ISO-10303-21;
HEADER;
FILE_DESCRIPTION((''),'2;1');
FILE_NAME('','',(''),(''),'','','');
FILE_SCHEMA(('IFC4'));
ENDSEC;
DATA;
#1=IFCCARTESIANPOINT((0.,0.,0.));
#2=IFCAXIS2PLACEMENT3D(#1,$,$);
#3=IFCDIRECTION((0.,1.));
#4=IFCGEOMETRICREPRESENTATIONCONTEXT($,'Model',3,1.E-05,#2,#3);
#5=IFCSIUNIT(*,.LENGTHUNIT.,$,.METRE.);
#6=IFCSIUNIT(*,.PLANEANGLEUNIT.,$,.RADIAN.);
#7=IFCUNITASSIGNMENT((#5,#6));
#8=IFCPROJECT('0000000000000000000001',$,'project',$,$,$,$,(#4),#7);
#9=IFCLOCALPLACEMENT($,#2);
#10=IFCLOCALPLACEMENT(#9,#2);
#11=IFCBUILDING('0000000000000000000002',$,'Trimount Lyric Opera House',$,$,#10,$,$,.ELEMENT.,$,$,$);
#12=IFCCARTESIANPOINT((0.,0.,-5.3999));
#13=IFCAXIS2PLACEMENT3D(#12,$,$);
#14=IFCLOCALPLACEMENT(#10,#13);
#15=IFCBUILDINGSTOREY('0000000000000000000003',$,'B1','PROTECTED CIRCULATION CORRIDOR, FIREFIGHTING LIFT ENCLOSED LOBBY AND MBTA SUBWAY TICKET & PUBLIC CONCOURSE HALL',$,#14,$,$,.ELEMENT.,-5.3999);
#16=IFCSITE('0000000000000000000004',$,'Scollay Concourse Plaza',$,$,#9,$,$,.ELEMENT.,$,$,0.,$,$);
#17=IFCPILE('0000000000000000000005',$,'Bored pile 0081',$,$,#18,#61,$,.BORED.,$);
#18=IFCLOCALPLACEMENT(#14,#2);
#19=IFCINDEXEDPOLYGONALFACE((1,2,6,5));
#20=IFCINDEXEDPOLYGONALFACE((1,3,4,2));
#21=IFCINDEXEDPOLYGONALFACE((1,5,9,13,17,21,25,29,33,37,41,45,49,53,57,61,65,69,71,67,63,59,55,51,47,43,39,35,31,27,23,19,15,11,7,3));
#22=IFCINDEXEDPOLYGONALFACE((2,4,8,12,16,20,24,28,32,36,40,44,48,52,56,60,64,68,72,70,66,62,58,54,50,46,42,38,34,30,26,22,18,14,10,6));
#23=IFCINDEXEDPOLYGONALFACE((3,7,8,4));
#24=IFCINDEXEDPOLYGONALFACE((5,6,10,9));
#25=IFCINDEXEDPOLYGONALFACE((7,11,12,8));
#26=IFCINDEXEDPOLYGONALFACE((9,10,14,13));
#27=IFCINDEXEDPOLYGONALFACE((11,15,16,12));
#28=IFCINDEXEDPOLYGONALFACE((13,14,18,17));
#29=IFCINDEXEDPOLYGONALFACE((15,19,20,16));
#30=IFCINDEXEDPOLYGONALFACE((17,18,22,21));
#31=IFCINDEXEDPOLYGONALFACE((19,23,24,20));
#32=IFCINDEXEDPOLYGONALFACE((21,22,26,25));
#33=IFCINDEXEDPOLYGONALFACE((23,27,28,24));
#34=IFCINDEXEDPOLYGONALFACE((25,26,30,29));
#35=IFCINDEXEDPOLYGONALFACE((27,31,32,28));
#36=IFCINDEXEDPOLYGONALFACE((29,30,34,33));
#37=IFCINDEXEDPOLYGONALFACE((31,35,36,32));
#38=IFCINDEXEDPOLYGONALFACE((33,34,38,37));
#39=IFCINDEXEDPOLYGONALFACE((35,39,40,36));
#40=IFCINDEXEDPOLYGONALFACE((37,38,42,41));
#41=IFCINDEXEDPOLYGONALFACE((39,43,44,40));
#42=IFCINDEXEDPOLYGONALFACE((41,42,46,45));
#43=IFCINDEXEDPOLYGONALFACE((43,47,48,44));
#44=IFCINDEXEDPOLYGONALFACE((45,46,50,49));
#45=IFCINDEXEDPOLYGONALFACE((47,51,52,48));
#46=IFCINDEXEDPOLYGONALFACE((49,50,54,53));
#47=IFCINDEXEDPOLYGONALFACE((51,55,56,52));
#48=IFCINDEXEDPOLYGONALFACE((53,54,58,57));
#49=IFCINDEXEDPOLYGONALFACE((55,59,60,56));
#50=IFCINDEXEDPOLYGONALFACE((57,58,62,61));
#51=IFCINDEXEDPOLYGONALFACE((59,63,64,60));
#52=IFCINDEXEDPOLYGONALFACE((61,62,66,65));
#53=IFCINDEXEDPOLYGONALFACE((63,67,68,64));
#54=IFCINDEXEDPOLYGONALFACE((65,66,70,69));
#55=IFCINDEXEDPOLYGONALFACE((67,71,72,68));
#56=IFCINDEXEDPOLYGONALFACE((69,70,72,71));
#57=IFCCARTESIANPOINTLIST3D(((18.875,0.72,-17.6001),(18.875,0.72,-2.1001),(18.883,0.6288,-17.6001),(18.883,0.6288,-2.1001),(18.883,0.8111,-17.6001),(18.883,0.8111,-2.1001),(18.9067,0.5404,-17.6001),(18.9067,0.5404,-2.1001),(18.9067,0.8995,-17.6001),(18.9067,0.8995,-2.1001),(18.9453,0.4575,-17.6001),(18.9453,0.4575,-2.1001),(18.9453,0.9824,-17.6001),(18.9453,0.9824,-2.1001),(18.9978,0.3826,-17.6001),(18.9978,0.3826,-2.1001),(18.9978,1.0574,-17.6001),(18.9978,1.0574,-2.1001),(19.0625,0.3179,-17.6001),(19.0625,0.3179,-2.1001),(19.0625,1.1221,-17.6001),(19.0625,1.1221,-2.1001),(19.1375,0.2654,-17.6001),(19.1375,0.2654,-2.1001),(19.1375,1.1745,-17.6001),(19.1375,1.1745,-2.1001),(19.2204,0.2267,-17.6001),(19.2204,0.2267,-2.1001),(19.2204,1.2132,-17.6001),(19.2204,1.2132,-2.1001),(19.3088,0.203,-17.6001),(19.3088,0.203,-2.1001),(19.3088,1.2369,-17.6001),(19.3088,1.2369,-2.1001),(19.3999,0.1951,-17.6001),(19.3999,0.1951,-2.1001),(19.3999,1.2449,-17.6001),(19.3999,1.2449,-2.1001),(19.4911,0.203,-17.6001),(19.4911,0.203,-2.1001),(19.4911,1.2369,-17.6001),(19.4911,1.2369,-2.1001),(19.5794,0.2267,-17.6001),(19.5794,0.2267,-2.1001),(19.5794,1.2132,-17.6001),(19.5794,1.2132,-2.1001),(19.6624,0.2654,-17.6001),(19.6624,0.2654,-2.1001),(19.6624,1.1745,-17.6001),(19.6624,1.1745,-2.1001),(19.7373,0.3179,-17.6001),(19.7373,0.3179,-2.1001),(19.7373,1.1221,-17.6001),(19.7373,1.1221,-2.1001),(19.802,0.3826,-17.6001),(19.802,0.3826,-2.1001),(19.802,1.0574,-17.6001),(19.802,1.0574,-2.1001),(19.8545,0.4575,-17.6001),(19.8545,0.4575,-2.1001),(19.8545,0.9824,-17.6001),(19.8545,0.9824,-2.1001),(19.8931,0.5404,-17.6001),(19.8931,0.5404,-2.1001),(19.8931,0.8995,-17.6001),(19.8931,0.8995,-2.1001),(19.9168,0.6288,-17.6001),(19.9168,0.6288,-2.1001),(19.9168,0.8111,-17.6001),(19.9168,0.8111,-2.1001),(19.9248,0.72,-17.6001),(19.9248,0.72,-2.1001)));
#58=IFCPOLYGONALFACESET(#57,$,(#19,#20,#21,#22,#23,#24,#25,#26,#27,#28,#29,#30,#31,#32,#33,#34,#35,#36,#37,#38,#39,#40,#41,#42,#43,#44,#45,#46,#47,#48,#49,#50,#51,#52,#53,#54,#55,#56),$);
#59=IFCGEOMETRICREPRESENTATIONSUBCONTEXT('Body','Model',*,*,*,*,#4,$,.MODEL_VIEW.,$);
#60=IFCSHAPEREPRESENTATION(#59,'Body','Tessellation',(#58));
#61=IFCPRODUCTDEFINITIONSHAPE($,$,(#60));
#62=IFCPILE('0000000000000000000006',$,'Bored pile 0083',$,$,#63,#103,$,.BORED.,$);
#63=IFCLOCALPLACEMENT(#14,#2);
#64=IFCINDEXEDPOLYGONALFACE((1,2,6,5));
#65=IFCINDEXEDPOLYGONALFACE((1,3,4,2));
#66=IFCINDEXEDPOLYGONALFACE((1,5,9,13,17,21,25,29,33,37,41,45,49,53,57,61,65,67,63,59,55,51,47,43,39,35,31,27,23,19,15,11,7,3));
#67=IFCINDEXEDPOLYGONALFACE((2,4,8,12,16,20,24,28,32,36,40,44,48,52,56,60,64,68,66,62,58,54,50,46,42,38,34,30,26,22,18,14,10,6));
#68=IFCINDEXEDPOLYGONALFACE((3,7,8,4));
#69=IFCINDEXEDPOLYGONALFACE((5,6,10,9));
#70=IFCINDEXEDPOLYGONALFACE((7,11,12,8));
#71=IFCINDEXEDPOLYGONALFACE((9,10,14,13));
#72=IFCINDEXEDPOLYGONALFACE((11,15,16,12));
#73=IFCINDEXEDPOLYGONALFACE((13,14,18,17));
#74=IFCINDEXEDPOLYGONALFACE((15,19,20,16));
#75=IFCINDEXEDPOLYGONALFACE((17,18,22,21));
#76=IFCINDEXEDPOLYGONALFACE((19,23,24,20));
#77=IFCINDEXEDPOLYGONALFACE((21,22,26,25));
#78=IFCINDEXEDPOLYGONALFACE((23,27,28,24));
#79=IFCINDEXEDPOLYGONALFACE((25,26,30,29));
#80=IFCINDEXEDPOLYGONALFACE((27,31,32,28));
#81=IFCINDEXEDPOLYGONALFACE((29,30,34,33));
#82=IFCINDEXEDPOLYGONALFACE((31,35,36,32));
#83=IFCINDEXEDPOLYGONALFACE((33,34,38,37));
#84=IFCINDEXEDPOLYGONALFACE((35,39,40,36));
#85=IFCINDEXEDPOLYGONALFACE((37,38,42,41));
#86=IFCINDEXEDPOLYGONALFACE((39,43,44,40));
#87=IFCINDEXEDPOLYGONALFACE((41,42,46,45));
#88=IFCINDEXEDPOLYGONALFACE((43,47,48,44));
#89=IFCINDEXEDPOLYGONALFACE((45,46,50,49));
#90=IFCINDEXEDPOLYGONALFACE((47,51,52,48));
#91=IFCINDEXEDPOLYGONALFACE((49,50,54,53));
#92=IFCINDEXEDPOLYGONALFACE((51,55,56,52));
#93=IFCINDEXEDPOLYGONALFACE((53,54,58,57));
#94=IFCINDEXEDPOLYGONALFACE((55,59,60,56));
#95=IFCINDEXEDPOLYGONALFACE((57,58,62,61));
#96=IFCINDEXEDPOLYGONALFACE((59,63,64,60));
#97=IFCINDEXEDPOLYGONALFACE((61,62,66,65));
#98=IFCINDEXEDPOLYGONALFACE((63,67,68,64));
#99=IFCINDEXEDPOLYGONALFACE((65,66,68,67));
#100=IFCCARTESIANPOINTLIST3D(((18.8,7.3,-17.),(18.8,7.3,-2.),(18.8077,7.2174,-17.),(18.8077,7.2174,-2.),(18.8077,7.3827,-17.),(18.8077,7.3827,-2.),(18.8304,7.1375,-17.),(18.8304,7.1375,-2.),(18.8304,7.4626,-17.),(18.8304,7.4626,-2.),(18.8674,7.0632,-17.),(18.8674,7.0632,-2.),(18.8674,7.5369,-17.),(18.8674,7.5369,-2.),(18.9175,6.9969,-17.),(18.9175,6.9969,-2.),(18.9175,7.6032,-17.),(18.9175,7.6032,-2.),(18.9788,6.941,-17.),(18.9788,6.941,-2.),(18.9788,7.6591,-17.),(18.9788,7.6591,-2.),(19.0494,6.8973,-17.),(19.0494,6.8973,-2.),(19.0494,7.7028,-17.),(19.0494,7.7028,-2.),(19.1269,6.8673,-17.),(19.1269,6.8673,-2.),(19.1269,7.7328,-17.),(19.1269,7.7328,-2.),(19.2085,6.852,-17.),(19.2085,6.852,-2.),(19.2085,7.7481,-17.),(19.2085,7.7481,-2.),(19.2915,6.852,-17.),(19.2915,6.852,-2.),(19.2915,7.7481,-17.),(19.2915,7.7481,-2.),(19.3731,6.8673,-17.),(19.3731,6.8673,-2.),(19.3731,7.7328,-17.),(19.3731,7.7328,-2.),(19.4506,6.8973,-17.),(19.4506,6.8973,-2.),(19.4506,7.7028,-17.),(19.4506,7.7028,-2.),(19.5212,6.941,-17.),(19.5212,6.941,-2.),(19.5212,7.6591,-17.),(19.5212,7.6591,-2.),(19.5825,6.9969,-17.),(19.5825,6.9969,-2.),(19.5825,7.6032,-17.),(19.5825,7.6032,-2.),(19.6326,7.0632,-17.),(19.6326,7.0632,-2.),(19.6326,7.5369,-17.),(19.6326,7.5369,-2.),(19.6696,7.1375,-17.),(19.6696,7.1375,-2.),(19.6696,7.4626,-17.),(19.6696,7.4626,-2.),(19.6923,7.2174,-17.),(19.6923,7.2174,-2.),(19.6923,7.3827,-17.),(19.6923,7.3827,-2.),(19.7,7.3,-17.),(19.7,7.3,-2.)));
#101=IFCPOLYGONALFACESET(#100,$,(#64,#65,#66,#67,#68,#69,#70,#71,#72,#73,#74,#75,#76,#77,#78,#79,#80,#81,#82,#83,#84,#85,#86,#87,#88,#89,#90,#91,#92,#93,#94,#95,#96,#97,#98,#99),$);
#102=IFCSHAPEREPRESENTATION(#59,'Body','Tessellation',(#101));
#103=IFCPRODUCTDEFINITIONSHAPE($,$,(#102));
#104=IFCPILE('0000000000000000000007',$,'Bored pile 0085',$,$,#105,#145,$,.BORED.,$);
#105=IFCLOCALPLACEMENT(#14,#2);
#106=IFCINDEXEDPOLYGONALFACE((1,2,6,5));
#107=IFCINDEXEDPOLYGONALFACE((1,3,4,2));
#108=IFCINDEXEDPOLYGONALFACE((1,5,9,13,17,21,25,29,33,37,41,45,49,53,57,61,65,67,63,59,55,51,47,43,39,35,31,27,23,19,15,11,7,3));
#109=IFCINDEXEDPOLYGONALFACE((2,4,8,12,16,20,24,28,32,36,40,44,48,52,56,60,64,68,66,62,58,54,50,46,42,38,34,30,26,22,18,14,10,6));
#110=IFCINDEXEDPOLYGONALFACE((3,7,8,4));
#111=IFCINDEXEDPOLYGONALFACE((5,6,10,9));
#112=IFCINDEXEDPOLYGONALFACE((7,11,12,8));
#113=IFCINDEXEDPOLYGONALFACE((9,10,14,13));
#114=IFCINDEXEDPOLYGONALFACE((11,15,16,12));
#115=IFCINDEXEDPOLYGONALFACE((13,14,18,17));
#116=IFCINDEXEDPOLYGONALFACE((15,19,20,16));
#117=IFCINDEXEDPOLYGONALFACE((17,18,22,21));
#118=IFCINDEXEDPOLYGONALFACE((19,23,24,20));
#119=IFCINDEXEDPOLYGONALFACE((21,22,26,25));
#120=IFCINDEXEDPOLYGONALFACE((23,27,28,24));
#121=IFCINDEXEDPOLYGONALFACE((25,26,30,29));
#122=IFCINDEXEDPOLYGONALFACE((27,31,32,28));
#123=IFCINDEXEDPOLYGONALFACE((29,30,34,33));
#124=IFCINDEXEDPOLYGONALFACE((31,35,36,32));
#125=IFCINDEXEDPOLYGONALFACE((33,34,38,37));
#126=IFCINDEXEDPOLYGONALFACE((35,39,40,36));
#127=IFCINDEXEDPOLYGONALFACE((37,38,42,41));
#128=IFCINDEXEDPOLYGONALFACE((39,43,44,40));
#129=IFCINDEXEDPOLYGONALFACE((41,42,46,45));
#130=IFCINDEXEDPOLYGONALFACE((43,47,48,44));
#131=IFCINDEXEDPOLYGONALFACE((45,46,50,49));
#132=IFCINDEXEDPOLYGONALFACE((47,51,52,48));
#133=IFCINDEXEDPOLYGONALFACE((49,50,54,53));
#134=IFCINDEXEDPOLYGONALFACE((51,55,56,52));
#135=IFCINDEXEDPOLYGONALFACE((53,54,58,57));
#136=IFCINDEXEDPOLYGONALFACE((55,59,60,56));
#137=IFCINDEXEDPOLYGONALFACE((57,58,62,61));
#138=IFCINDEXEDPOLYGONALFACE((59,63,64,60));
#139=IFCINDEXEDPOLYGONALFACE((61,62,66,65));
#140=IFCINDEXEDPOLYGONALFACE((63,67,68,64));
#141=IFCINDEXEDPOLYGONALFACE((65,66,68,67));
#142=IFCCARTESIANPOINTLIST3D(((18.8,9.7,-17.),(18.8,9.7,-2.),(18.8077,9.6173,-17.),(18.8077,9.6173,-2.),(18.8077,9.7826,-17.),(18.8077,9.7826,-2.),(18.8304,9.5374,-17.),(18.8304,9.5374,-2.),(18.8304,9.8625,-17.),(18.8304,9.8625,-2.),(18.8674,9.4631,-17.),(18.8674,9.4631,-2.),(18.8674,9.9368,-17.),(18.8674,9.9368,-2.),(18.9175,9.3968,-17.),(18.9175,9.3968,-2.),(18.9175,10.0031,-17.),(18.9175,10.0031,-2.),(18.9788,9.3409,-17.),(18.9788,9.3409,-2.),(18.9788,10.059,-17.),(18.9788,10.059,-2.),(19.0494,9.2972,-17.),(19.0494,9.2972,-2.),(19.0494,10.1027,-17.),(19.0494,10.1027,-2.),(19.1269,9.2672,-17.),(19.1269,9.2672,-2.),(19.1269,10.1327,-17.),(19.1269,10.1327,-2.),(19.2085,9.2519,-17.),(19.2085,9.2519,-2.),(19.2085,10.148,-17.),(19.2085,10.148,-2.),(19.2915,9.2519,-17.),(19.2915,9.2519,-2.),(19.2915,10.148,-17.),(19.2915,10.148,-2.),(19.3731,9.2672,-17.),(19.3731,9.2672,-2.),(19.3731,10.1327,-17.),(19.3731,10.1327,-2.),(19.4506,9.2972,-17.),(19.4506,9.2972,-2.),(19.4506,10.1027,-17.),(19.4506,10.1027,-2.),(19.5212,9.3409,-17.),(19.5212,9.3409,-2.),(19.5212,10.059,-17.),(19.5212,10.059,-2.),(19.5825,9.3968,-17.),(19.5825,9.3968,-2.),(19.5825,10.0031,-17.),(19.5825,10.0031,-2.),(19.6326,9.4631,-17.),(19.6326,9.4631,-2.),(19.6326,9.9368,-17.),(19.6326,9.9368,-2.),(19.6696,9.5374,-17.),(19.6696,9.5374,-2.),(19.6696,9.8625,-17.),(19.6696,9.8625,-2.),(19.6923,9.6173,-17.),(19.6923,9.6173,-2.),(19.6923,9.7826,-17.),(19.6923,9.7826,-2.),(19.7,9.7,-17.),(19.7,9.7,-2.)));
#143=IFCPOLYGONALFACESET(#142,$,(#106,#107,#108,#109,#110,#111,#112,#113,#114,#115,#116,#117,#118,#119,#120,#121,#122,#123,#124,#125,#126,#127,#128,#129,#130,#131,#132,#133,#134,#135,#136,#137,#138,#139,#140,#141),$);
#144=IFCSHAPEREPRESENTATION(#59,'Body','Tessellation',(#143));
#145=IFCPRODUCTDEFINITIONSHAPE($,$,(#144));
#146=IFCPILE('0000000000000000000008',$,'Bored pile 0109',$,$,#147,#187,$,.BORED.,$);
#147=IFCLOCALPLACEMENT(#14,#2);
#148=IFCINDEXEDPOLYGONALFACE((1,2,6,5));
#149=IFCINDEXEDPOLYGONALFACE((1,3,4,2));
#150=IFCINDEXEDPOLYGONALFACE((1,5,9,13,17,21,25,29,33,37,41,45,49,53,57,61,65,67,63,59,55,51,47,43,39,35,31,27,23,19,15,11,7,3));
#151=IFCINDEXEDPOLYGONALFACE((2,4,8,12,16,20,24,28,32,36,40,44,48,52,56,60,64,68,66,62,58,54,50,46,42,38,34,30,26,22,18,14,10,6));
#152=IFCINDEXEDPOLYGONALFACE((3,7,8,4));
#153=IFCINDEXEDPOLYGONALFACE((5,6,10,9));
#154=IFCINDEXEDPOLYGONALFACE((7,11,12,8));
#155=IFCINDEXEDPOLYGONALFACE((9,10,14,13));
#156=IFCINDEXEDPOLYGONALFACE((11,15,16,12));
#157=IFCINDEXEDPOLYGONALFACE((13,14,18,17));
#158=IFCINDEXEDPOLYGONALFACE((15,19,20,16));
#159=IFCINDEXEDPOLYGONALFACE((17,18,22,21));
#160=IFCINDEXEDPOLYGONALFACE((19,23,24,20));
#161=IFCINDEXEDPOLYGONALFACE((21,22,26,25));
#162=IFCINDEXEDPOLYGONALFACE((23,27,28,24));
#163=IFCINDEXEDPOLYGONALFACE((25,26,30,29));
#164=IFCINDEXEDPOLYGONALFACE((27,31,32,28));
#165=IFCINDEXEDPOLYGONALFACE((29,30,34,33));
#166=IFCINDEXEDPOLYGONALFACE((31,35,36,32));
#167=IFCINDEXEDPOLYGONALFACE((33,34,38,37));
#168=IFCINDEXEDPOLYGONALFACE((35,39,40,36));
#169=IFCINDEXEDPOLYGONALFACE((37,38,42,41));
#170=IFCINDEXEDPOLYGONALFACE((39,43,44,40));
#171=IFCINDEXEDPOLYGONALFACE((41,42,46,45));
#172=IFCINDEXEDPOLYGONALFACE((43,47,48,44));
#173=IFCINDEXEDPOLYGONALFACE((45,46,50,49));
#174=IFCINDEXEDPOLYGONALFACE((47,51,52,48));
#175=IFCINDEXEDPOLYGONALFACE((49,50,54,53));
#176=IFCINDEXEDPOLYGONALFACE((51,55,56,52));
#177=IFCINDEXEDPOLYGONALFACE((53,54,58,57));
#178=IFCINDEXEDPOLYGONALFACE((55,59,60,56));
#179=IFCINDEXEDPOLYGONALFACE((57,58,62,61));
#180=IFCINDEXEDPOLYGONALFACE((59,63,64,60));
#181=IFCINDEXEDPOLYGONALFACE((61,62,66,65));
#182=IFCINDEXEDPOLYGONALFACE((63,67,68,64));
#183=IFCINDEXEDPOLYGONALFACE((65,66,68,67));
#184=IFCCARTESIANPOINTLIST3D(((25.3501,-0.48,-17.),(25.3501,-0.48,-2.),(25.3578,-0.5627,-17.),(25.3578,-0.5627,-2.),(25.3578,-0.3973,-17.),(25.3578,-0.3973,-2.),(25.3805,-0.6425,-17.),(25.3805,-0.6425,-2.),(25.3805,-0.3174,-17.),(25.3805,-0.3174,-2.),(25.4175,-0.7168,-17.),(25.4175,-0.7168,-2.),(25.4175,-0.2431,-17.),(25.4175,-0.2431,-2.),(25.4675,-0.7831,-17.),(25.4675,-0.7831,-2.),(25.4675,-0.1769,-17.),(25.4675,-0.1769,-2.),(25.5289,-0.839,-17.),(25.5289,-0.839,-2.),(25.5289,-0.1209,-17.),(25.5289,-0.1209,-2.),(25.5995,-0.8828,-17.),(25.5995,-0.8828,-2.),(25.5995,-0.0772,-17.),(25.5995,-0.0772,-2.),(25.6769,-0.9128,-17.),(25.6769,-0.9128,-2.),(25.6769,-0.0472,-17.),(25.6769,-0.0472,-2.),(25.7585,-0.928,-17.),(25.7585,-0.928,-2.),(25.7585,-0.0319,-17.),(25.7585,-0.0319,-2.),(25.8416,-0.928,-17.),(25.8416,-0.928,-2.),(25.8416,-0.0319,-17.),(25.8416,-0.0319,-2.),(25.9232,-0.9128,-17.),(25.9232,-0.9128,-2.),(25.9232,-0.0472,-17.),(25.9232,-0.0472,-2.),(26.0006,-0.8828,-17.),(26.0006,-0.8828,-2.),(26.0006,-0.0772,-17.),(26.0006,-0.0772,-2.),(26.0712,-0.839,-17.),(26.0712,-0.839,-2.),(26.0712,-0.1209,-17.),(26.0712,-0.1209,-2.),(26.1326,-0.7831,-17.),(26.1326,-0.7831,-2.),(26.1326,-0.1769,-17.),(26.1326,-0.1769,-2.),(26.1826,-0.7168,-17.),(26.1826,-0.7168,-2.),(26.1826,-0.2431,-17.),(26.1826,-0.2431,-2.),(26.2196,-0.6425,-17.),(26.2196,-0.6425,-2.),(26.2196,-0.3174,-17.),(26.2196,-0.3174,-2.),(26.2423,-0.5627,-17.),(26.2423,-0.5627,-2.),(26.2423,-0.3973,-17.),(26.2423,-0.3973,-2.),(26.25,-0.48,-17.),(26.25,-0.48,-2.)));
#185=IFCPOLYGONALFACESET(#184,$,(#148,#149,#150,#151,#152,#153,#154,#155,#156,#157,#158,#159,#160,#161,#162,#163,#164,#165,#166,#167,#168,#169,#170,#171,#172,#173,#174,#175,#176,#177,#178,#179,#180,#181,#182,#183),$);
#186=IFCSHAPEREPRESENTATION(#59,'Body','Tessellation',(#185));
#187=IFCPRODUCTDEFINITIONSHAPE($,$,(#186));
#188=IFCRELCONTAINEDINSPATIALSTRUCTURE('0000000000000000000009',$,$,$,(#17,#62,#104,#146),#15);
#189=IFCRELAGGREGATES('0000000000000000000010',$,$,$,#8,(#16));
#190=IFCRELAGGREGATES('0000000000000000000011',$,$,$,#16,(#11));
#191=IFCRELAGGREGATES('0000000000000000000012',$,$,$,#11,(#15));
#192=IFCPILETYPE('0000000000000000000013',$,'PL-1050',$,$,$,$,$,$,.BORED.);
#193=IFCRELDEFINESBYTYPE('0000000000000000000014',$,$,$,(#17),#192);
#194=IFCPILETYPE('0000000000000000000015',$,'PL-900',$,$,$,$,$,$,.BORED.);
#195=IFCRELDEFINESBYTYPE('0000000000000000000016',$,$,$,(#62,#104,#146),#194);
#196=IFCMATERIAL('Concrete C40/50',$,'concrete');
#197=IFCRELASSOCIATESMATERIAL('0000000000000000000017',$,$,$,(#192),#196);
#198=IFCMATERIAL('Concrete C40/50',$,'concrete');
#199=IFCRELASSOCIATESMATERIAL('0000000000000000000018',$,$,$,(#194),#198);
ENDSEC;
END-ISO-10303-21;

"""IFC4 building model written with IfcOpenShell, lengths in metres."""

from ifc_helpers import new_model, si_unit, direction, frame, origin, origin_2d, place, context, subcontext, project, spatial, circle, extrude, material, material_profile, profile_set, type_object, element, save


model = new_model("IFC4")

# Units and contexts
model_context = context("Model", 3, precision=1e-05, world=origin(), true_north=direction((0.0, 1.0)))
body_context = subcontext(model_context, "Body", "Model", "MODEL_VIEW")
ifc_project = project(units=[si_unit("LENGTHUNIT", "METRE"), si_unit("PLANEANGLEUNIT", "RADIAN")], contexts=[model_context])

# Site, building, storey
site_placement = place(None, origin())
site = spatial("IfcSite", under=ifc_project, at=site_placement, Name="Scollay Concourse Plaza", CompositionType="ELEMENT", RefElevation=0.0)
building_placement = place(site_placement, origin())
building = spatial("IfcBuilding", under=site, at=building_placement, Name="Trimount Lyric Opera House", CompositionType="ELEMENT")
storey_placement = place(building_placement, frame((0.0, 0.0, -5.3999)))
storey = spatial("IfcBuildingStorey", under=building, at=storey_placement, Name="B1", Description="PROTECTED CIRCULATION CORRIDOR, FIREFIGHTING LIFT ENCLOSED LOBBY AND MBTA SUBWAY TICKET & PUBLIC CONCOURSE HALL", CompositionType="ELEMENT", Elevation=-5.3999)

# Piles
ifc_material_1 = material(Name="Concrete C40/50", Category="concrete")
ifc_material_profile_1 = material_profile(ifc_material_1, circle(Radius=0.5249, at=origin_2d()), Name="PILE-D1050")
ifc_profile_set_1 = profile_set([ifc_material_profile_1], Name="Concrete C40/50")
pile_type_1 = type_object("IfcPileType", Name="PL-1050", PredefinedType="BORED", material=ifc_profile_set_1)
pile_placement = place(storey_placement, frame((19.3999, 0.72, -2.1001), z_axis=(0.0, 0.0, -1.0), x_axis=(1.0, 0.0, 0.0)))
element("IfcPile", 1, at=pile_placement, inside=storey, type_object=pile_type_1, Name="Bored pile 0081", PredefinedType="BORED", context=body_context, shape_type="SweptSolid", body=[
    extrude(circle(Radius=0.5249, at=origin_2d()), origin(), (0.0, 0.0, 1.0), 15.5),
])
ifc_material_2 = material(Name="Concrete C40/50", Category="concrete")
ifc_material_profile_2 = material_profile(ifc_material_2, circle(Radius=0.45, at=origin_2d()), Name="PILE-D900")
ifc_profile_set_2 = profile_set([ifc_material_profile_2], Name="Concrete C40/50")
pile_type_2 = type_object("IfcPileType", Name="PL-900", PredefinedType="BORED", material=ifc_profile_set_2)
for number, where, z_axis, x_axis, name in (
    (2, (19.25, 7.3, -2.0), (0.0, 0.0, -1.0), (1.0, 0.0, 0.0), "Bored pile 0083"),
    (3, (19.25, 9.7, -2.0), (0.0, 0.0, -1.0), (1.0, 0.0, 0.0), "Bored pile 0085"),
    (4, (25.8, -0.48, -2.0), (0.0, 0.0, -1.0), (1.0, 0.0, 0.0), "Bored pile 0109"),
):
    element("IfcPile", number, at=place(storey_placement, frame(where, z_axis=z_axis, x_axis=x_axis)), inside=storey, type_object=pile_type_2, Name=name, PredefinedType="BORED", context=body_context, shape_type="SweptSolid", body=[
        extrude(circle(Radius=0.45, at=origin_2d()), origin(), (0.0, 0.0, 1.0), 15.0),
    ])

save(model, "model.ifc")
